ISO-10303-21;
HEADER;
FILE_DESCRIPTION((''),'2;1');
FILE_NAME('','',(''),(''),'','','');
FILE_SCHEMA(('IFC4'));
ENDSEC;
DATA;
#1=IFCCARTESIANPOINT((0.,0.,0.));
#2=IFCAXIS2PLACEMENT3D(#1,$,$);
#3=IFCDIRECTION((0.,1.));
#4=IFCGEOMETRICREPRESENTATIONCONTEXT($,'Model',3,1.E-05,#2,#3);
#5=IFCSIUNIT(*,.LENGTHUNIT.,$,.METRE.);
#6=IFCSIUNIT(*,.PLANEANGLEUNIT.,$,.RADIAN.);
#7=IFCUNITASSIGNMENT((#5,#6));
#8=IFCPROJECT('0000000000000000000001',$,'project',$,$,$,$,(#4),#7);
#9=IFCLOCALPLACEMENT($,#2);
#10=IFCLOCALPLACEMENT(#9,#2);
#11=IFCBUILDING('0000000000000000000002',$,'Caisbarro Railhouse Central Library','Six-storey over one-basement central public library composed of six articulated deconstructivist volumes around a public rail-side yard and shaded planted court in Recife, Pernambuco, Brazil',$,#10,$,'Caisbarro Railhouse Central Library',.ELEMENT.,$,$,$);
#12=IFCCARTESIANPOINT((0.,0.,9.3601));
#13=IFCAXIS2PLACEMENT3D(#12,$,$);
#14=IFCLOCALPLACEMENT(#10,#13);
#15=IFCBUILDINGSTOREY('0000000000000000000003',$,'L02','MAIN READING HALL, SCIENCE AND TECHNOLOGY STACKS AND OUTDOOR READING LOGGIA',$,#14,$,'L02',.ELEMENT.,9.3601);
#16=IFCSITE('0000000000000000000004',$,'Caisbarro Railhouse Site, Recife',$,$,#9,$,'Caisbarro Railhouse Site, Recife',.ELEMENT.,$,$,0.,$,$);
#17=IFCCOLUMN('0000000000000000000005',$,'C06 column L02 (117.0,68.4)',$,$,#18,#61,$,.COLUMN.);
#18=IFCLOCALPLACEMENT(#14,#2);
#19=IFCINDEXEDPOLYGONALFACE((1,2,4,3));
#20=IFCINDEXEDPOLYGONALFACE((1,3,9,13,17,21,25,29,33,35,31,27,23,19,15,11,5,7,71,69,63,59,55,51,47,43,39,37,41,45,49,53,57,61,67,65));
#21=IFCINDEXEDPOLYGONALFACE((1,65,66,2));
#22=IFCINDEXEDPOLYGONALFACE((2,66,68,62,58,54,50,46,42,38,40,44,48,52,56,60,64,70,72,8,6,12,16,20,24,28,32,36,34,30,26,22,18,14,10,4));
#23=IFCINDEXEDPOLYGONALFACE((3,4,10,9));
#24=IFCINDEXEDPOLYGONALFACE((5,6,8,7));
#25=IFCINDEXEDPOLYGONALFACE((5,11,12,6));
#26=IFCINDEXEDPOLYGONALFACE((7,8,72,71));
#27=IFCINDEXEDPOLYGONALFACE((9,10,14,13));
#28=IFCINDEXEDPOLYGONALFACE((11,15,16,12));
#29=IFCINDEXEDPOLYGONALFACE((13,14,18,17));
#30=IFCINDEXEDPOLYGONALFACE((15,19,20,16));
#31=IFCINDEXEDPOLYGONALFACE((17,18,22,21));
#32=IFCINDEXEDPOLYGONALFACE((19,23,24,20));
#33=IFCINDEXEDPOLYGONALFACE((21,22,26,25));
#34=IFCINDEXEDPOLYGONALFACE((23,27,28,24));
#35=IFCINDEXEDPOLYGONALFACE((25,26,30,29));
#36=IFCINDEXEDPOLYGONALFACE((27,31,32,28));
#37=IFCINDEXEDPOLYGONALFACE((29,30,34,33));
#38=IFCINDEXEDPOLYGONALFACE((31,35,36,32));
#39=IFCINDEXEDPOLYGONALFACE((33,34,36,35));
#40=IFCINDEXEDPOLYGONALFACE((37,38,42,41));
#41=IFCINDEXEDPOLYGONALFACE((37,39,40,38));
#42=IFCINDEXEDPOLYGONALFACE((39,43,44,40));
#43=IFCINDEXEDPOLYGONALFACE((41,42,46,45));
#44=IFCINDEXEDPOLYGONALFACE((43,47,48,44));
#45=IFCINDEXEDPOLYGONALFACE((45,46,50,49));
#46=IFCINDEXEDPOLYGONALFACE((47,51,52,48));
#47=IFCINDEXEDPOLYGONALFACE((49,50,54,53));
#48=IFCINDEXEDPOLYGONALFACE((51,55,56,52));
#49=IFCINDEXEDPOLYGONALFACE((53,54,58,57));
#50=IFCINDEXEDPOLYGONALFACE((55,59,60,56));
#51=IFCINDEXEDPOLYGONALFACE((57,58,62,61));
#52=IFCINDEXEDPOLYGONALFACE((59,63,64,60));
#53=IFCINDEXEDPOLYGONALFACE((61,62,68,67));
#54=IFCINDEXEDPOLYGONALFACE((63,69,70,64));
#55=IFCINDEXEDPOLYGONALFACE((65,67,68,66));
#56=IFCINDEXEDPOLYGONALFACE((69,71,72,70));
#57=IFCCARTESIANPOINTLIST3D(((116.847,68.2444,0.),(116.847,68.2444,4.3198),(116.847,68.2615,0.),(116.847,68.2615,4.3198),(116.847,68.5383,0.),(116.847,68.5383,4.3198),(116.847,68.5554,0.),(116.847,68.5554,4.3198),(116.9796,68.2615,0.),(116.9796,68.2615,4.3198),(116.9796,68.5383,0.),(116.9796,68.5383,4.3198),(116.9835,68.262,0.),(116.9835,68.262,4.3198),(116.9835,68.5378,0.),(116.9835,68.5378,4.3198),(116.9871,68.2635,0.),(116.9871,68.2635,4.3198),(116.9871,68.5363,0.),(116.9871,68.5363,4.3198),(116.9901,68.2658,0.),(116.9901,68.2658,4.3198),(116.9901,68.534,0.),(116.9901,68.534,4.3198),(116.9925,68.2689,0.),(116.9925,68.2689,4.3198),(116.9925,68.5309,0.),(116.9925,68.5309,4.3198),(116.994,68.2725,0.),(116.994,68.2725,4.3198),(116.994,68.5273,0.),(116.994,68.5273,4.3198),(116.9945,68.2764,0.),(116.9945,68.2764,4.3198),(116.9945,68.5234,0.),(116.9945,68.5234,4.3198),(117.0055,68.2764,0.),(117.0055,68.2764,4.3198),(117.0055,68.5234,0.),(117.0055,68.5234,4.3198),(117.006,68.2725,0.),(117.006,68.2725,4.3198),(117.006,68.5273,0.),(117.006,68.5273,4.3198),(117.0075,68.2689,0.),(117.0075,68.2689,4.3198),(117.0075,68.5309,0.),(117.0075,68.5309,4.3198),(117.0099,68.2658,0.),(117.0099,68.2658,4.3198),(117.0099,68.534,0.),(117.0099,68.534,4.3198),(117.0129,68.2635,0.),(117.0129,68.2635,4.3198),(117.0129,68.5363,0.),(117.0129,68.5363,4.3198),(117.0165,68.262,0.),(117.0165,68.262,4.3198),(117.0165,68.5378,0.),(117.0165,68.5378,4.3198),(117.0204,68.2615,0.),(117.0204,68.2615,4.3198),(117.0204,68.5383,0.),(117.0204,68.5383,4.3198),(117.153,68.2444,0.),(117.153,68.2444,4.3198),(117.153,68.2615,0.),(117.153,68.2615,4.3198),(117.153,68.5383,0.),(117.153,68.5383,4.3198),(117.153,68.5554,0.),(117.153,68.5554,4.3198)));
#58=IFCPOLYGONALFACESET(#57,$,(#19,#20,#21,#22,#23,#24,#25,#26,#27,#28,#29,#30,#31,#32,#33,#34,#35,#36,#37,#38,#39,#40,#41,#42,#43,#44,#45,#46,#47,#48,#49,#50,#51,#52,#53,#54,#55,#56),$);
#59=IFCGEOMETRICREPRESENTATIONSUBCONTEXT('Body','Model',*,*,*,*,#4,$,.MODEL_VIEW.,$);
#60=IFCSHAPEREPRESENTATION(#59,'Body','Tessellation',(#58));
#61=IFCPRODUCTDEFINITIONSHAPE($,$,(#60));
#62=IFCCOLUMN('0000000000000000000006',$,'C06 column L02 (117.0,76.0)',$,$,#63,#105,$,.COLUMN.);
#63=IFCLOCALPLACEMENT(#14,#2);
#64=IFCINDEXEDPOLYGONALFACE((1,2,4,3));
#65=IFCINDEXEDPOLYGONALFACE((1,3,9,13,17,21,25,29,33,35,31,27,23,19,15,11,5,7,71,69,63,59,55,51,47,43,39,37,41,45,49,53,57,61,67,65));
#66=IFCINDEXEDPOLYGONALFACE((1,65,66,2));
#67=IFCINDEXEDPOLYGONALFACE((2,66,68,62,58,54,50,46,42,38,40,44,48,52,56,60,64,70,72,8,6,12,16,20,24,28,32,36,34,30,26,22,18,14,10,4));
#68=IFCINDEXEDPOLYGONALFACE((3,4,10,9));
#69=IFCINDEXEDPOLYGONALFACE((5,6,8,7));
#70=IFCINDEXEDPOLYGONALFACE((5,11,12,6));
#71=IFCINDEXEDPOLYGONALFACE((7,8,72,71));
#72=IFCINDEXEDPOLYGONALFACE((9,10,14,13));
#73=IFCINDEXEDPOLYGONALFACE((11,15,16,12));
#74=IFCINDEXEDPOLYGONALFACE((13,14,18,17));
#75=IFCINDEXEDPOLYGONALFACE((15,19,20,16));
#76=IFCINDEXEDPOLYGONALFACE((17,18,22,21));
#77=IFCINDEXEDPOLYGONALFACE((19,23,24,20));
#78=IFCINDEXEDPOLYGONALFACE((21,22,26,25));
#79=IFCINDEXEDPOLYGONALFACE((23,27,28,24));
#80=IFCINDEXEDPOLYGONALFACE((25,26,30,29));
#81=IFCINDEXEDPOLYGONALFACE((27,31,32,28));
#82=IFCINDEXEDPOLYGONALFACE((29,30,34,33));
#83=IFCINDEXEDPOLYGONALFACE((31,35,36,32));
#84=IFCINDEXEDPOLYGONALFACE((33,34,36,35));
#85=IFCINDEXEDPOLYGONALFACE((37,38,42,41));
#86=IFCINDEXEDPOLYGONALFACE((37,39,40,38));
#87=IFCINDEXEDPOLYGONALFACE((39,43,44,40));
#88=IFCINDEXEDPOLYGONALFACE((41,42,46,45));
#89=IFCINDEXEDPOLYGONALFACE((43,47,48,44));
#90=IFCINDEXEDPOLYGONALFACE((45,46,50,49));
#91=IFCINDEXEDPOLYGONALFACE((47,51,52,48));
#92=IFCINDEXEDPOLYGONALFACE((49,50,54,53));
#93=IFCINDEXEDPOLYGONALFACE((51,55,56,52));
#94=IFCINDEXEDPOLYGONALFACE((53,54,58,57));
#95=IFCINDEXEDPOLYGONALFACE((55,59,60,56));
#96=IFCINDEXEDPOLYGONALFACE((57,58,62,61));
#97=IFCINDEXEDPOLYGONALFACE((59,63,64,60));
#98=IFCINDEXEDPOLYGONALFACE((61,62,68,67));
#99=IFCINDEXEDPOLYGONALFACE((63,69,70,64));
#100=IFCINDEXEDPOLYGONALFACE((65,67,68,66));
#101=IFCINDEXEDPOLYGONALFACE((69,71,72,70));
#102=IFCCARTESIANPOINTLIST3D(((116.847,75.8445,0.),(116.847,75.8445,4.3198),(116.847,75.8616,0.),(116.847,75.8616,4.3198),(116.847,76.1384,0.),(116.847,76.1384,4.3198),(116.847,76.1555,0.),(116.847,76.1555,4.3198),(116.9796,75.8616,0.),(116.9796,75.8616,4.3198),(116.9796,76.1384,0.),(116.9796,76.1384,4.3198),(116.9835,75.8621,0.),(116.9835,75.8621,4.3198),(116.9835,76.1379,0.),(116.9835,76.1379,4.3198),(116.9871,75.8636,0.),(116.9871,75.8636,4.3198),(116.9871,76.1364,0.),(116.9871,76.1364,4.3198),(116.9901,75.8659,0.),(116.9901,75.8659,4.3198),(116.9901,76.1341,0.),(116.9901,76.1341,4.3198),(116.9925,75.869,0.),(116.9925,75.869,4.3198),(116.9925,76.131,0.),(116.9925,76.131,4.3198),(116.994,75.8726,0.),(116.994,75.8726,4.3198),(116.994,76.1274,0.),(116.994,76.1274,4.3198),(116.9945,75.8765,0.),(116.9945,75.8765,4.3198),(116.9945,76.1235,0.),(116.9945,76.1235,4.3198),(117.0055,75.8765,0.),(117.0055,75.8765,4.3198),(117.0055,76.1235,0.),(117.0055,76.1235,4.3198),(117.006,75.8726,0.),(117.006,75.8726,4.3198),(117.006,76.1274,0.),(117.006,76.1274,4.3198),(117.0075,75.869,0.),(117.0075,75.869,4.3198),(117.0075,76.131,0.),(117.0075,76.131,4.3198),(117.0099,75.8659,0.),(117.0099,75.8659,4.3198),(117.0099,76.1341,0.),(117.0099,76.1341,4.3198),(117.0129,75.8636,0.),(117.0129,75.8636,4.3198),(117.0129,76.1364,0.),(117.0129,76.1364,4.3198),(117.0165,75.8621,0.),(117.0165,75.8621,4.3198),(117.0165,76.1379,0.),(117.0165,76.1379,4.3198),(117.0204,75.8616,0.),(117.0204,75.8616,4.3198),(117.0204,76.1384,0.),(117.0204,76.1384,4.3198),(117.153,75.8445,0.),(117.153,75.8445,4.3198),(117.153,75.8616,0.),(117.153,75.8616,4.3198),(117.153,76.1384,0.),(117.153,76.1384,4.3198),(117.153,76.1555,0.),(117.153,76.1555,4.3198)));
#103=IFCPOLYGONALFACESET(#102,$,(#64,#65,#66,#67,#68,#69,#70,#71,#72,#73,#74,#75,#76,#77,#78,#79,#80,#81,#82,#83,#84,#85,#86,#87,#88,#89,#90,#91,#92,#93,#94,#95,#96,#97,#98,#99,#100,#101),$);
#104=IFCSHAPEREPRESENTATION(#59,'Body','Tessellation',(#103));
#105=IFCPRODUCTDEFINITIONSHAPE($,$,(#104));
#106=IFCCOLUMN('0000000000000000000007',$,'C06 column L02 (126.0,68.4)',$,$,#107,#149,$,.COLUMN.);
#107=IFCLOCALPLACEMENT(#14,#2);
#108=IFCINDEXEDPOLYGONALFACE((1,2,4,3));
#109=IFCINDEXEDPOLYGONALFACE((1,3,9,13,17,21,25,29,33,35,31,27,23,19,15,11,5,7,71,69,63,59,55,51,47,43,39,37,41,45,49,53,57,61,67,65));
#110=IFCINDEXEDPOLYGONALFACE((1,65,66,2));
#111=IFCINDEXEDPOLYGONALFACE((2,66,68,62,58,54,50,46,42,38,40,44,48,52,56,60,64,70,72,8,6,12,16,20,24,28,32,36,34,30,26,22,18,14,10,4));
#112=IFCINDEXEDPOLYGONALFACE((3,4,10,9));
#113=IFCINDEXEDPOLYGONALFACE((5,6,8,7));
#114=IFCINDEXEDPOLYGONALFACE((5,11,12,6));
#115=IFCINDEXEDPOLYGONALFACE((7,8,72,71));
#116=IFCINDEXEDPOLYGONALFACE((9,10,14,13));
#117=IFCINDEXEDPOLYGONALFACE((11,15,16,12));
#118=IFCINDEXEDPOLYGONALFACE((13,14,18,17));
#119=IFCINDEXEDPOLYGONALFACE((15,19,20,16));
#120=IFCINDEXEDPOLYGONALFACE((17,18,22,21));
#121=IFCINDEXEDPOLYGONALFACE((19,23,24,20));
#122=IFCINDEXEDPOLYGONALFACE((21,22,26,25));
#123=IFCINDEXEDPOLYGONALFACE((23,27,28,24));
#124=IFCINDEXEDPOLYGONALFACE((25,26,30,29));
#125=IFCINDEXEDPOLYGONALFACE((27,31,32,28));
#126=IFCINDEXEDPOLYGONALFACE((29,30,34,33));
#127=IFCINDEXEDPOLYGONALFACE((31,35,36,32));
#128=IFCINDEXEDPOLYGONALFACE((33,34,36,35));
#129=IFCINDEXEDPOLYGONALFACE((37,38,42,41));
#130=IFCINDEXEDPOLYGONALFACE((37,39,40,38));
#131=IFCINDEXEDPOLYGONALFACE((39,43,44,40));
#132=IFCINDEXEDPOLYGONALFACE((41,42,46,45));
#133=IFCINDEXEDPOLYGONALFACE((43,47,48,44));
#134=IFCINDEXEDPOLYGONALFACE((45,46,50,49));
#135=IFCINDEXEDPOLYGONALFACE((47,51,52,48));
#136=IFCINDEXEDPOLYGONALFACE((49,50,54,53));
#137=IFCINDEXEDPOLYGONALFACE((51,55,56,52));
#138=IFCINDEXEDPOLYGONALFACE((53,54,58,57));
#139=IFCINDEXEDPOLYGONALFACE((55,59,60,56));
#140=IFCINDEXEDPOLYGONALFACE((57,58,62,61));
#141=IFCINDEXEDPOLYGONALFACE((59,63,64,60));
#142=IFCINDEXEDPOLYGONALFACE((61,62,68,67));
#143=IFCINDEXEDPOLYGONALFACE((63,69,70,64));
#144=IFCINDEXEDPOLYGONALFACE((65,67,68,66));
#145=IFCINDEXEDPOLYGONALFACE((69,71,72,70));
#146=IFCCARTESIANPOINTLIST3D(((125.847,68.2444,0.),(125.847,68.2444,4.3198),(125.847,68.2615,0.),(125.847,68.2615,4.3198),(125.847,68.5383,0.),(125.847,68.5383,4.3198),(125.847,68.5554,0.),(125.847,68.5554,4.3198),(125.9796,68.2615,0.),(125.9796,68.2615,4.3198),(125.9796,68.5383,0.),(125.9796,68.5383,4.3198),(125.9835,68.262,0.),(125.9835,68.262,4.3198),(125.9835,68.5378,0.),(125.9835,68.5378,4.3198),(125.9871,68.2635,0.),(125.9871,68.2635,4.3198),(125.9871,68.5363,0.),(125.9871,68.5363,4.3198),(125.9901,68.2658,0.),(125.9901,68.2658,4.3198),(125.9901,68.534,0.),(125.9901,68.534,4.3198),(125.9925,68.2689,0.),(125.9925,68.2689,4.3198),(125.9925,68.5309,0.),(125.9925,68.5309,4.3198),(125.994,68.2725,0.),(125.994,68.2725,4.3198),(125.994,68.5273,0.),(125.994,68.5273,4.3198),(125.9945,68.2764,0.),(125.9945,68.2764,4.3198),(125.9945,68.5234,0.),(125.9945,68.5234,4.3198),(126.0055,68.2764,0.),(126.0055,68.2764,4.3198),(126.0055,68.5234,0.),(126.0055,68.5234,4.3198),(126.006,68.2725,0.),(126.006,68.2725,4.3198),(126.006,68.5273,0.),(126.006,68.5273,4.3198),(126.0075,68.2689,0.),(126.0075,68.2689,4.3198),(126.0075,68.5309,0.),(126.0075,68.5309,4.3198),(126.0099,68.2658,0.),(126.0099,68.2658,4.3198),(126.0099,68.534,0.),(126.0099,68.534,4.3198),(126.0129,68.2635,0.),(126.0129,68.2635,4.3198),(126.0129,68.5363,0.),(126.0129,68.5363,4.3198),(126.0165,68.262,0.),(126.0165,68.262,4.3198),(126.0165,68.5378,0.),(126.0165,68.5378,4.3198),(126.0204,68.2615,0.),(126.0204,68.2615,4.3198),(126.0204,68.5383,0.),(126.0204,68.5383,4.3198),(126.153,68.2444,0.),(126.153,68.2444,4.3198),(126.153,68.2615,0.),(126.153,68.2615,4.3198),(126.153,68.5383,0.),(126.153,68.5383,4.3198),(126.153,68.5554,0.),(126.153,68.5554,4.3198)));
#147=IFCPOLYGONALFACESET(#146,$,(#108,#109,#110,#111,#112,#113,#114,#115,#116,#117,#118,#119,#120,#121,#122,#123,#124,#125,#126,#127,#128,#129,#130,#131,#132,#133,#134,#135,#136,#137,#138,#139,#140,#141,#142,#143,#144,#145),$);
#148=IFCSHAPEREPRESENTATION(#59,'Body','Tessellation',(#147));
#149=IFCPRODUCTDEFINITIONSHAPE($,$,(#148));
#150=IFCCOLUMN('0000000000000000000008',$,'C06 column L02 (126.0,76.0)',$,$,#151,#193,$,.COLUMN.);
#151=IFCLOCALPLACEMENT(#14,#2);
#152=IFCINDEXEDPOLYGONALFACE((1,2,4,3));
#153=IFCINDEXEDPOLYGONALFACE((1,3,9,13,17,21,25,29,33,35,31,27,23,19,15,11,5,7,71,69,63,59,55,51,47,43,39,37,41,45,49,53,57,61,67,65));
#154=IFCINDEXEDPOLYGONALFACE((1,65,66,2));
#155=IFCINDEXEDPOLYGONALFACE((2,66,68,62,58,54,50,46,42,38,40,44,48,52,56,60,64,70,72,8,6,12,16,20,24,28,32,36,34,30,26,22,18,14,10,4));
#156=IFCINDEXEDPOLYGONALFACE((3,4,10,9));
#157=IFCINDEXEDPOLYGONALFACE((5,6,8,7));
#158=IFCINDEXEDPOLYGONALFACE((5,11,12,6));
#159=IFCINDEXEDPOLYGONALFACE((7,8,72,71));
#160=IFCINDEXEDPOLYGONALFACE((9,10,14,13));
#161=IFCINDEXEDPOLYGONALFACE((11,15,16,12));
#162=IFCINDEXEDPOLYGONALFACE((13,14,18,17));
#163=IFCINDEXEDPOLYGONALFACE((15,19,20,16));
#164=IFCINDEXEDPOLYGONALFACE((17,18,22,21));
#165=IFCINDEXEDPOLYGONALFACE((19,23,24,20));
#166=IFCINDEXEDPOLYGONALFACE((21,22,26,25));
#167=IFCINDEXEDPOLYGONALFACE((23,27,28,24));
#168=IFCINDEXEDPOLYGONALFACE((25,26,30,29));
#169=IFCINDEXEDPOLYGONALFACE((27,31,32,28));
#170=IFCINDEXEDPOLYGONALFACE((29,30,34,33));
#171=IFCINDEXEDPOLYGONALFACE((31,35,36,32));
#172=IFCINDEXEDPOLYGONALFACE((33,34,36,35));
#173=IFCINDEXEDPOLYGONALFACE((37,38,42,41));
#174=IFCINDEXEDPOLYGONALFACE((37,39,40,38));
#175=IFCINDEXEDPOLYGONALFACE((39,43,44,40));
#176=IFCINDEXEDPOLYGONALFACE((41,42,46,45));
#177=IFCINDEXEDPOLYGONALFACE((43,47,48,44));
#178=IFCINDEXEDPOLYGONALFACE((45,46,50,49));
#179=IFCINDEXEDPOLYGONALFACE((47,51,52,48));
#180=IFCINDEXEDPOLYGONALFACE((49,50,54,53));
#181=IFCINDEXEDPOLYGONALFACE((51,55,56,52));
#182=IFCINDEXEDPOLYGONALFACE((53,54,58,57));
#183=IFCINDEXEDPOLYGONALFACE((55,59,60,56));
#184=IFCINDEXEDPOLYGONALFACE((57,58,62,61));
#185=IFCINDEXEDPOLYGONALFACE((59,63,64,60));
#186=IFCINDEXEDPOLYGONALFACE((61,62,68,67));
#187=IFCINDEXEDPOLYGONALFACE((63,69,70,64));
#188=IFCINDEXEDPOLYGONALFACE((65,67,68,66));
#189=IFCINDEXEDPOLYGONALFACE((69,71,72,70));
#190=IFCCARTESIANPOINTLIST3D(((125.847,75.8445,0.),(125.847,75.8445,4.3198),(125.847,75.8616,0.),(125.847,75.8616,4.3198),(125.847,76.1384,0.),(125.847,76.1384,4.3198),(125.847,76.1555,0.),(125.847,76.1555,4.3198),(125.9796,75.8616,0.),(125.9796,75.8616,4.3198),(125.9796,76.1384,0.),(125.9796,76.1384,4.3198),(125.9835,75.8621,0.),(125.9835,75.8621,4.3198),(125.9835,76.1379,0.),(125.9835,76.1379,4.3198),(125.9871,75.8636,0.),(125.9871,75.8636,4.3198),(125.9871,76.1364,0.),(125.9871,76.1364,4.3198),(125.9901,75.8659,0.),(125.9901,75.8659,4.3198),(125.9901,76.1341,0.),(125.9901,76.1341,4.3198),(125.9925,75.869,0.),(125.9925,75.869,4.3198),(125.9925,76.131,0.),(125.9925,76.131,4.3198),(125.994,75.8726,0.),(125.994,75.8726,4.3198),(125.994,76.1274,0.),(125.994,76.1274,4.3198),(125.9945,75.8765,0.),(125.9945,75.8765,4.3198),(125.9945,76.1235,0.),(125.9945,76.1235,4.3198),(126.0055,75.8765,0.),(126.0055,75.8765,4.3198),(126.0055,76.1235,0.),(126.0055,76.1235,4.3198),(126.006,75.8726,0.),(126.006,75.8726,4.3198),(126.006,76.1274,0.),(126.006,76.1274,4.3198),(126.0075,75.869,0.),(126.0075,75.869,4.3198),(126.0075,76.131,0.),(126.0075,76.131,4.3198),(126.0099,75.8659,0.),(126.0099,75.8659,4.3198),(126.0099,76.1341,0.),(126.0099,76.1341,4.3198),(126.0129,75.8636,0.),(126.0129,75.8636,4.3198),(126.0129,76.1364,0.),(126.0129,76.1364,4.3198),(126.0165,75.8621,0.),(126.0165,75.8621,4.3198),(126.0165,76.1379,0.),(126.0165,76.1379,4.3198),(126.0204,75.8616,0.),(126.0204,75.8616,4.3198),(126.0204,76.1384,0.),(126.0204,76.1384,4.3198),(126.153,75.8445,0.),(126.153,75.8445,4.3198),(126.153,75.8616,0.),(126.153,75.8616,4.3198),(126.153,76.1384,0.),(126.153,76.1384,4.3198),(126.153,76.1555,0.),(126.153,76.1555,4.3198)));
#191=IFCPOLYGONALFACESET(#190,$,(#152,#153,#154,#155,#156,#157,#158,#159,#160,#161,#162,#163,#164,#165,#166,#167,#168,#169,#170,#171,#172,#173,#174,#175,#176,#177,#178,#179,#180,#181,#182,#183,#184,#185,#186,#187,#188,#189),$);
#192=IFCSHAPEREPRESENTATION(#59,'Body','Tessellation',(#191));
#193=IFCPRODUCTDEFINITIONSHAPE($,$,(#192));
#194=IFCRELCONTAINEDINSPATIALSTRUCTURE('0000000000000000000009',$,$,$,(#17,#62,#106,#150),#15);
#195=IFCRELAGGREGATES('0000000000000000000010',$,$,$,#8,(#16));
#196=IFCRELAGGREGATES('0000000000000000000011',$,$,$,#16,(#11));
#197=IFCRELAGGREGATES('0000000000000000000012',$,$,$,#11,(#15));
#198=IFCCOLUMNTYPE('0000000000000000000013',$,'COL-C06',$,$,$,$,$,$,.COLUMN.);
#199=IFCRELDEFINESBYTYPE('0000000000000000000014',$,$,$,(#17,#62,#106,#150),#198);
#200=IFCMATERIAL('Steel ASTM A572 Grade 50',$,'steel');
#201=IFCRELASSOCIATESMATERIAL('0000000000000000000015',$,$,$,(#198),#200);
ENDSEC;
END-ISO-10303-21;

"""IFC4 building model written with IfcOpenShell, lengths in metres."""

from ifc_helpers import new_model, si_unit, direction, frame, origin, origin_2d, place, context, subcontext, project, spatial, i_section, extrude, material, material_profile, profile_set, type_object, element, save


model = new_model("IFC4")

# Units and contexts
model_context = context("Model", 3, precision=1e-05, world=origin(), true_north=direction((0.0, 1.0)))
body_context = subcontext(model_context, "Body", "Model", "MODEL_VIEW")
ifc_project = project(units=[si_unit("LENGTHUNIT", "METRE"), si_unit("PLANEANGLEUNIT", "RADIAN")], contexts=[model_context])

# Site, building, storey
site_placement = place(None, origin())
site = spatial("IfcSite", under=ifc_project, at=site_placement, Name="Caisbarro Railhouse Site, Recife", LongName="Caisbarro Railhouse Site, Recife", CompositionType="ELEMENT", RefElevation=0.0)
building_placement = place(site_placement, origin())
building = spatial("IfcBuilding", under=site, at=building_placement, Name="Caisbarro Railhouse Central Library", Description="Six-storey over one-basement central public library composed of six articulated deconstructivist volumes around a public rail-side yard and shaded planted court in Recife, Pernambuco, Brazil", LongName="Caisbarro Railhouse Central Library", CompositionType="ELEMENT")
storey_placement = place(building_placement, frame((0.0, 0.0, 9.3601)))
storey = spatial("IfcBuildingStorey", under=building, at=storey_placement, Name="L02", Description="MAIN READING HALL, SCIENCE AND TECHNOLOGY STACKS AND OUTDOOR READING LOGGIA", LongName="L02", CompositionType="ELEMENT", Elevation=9.3601)

# Columns
ifc_material_1 = material(Name="Steel ASTM A572 Grade 50", Category="steel")
ifc_material_profile_1 = material_profile(ifc_material_1, i_section(OverallWidth=0.3059, OverallDepth=0.311, WebThickness=0.011, FlangeThickness=0.0171, FilletRadius=0.0149, at=origin_2d()), Name="W310X107.0")
ifc_profile_set_1 = profile_set([ifc_material_profile_1], Name="Steel ASTM A572 Grade 50")
column_type = type_object("IfcColumnType", Name="COL-C06", PredefinedType="COLUMN", material=ifc_profile_set_1)
for number, where, z_axis, x_axis, name in (
    (1, (117.0, 68.3999, 0.0), (0.0, 0.0, 1.0), (1.0, 0.0, 0.0), "C06 column L02 (117.0,68.4)"),
    (2, (117.0, 76.0, 0.0), (0.0, 0.0, 1.0), (1.0, 0.0, 0.0), "C06 column L02 (117.0,76.0)"),
    (3, (126.0, 68.3999, 0.0), (0.0, 0.0, 1.0), (1.0, 0.0, 0.0), "C06 column L02 (126.0,68.4)"),
    (4, (126.0, 76.0, 0.0), (0.0, 0.0, 1.0), (1.0, 0.0, 0.0), "C06 column L02 (126.0,76.0)"),
):
    element("IfcColumn", number, at=place(storey_placement, frame(where, z_axis=z_axis, x_axis=x_axis)), inside=storey, type_object=column_type, Name=name, PredefinedType="COLUMN", context=body_context, shape_type="SweptSolid", body=[
        extrude(i_section(OverallWidth=0.3059, OverallDepth=0.311, WebThickness=0.011, FlangeThickness=0.0171, FilletRadius=0.0149, at=origin_2d()), origin(), (0.0, 0.0, 1.0), 4.3198),
    ])

save(model, "model.ifc")
